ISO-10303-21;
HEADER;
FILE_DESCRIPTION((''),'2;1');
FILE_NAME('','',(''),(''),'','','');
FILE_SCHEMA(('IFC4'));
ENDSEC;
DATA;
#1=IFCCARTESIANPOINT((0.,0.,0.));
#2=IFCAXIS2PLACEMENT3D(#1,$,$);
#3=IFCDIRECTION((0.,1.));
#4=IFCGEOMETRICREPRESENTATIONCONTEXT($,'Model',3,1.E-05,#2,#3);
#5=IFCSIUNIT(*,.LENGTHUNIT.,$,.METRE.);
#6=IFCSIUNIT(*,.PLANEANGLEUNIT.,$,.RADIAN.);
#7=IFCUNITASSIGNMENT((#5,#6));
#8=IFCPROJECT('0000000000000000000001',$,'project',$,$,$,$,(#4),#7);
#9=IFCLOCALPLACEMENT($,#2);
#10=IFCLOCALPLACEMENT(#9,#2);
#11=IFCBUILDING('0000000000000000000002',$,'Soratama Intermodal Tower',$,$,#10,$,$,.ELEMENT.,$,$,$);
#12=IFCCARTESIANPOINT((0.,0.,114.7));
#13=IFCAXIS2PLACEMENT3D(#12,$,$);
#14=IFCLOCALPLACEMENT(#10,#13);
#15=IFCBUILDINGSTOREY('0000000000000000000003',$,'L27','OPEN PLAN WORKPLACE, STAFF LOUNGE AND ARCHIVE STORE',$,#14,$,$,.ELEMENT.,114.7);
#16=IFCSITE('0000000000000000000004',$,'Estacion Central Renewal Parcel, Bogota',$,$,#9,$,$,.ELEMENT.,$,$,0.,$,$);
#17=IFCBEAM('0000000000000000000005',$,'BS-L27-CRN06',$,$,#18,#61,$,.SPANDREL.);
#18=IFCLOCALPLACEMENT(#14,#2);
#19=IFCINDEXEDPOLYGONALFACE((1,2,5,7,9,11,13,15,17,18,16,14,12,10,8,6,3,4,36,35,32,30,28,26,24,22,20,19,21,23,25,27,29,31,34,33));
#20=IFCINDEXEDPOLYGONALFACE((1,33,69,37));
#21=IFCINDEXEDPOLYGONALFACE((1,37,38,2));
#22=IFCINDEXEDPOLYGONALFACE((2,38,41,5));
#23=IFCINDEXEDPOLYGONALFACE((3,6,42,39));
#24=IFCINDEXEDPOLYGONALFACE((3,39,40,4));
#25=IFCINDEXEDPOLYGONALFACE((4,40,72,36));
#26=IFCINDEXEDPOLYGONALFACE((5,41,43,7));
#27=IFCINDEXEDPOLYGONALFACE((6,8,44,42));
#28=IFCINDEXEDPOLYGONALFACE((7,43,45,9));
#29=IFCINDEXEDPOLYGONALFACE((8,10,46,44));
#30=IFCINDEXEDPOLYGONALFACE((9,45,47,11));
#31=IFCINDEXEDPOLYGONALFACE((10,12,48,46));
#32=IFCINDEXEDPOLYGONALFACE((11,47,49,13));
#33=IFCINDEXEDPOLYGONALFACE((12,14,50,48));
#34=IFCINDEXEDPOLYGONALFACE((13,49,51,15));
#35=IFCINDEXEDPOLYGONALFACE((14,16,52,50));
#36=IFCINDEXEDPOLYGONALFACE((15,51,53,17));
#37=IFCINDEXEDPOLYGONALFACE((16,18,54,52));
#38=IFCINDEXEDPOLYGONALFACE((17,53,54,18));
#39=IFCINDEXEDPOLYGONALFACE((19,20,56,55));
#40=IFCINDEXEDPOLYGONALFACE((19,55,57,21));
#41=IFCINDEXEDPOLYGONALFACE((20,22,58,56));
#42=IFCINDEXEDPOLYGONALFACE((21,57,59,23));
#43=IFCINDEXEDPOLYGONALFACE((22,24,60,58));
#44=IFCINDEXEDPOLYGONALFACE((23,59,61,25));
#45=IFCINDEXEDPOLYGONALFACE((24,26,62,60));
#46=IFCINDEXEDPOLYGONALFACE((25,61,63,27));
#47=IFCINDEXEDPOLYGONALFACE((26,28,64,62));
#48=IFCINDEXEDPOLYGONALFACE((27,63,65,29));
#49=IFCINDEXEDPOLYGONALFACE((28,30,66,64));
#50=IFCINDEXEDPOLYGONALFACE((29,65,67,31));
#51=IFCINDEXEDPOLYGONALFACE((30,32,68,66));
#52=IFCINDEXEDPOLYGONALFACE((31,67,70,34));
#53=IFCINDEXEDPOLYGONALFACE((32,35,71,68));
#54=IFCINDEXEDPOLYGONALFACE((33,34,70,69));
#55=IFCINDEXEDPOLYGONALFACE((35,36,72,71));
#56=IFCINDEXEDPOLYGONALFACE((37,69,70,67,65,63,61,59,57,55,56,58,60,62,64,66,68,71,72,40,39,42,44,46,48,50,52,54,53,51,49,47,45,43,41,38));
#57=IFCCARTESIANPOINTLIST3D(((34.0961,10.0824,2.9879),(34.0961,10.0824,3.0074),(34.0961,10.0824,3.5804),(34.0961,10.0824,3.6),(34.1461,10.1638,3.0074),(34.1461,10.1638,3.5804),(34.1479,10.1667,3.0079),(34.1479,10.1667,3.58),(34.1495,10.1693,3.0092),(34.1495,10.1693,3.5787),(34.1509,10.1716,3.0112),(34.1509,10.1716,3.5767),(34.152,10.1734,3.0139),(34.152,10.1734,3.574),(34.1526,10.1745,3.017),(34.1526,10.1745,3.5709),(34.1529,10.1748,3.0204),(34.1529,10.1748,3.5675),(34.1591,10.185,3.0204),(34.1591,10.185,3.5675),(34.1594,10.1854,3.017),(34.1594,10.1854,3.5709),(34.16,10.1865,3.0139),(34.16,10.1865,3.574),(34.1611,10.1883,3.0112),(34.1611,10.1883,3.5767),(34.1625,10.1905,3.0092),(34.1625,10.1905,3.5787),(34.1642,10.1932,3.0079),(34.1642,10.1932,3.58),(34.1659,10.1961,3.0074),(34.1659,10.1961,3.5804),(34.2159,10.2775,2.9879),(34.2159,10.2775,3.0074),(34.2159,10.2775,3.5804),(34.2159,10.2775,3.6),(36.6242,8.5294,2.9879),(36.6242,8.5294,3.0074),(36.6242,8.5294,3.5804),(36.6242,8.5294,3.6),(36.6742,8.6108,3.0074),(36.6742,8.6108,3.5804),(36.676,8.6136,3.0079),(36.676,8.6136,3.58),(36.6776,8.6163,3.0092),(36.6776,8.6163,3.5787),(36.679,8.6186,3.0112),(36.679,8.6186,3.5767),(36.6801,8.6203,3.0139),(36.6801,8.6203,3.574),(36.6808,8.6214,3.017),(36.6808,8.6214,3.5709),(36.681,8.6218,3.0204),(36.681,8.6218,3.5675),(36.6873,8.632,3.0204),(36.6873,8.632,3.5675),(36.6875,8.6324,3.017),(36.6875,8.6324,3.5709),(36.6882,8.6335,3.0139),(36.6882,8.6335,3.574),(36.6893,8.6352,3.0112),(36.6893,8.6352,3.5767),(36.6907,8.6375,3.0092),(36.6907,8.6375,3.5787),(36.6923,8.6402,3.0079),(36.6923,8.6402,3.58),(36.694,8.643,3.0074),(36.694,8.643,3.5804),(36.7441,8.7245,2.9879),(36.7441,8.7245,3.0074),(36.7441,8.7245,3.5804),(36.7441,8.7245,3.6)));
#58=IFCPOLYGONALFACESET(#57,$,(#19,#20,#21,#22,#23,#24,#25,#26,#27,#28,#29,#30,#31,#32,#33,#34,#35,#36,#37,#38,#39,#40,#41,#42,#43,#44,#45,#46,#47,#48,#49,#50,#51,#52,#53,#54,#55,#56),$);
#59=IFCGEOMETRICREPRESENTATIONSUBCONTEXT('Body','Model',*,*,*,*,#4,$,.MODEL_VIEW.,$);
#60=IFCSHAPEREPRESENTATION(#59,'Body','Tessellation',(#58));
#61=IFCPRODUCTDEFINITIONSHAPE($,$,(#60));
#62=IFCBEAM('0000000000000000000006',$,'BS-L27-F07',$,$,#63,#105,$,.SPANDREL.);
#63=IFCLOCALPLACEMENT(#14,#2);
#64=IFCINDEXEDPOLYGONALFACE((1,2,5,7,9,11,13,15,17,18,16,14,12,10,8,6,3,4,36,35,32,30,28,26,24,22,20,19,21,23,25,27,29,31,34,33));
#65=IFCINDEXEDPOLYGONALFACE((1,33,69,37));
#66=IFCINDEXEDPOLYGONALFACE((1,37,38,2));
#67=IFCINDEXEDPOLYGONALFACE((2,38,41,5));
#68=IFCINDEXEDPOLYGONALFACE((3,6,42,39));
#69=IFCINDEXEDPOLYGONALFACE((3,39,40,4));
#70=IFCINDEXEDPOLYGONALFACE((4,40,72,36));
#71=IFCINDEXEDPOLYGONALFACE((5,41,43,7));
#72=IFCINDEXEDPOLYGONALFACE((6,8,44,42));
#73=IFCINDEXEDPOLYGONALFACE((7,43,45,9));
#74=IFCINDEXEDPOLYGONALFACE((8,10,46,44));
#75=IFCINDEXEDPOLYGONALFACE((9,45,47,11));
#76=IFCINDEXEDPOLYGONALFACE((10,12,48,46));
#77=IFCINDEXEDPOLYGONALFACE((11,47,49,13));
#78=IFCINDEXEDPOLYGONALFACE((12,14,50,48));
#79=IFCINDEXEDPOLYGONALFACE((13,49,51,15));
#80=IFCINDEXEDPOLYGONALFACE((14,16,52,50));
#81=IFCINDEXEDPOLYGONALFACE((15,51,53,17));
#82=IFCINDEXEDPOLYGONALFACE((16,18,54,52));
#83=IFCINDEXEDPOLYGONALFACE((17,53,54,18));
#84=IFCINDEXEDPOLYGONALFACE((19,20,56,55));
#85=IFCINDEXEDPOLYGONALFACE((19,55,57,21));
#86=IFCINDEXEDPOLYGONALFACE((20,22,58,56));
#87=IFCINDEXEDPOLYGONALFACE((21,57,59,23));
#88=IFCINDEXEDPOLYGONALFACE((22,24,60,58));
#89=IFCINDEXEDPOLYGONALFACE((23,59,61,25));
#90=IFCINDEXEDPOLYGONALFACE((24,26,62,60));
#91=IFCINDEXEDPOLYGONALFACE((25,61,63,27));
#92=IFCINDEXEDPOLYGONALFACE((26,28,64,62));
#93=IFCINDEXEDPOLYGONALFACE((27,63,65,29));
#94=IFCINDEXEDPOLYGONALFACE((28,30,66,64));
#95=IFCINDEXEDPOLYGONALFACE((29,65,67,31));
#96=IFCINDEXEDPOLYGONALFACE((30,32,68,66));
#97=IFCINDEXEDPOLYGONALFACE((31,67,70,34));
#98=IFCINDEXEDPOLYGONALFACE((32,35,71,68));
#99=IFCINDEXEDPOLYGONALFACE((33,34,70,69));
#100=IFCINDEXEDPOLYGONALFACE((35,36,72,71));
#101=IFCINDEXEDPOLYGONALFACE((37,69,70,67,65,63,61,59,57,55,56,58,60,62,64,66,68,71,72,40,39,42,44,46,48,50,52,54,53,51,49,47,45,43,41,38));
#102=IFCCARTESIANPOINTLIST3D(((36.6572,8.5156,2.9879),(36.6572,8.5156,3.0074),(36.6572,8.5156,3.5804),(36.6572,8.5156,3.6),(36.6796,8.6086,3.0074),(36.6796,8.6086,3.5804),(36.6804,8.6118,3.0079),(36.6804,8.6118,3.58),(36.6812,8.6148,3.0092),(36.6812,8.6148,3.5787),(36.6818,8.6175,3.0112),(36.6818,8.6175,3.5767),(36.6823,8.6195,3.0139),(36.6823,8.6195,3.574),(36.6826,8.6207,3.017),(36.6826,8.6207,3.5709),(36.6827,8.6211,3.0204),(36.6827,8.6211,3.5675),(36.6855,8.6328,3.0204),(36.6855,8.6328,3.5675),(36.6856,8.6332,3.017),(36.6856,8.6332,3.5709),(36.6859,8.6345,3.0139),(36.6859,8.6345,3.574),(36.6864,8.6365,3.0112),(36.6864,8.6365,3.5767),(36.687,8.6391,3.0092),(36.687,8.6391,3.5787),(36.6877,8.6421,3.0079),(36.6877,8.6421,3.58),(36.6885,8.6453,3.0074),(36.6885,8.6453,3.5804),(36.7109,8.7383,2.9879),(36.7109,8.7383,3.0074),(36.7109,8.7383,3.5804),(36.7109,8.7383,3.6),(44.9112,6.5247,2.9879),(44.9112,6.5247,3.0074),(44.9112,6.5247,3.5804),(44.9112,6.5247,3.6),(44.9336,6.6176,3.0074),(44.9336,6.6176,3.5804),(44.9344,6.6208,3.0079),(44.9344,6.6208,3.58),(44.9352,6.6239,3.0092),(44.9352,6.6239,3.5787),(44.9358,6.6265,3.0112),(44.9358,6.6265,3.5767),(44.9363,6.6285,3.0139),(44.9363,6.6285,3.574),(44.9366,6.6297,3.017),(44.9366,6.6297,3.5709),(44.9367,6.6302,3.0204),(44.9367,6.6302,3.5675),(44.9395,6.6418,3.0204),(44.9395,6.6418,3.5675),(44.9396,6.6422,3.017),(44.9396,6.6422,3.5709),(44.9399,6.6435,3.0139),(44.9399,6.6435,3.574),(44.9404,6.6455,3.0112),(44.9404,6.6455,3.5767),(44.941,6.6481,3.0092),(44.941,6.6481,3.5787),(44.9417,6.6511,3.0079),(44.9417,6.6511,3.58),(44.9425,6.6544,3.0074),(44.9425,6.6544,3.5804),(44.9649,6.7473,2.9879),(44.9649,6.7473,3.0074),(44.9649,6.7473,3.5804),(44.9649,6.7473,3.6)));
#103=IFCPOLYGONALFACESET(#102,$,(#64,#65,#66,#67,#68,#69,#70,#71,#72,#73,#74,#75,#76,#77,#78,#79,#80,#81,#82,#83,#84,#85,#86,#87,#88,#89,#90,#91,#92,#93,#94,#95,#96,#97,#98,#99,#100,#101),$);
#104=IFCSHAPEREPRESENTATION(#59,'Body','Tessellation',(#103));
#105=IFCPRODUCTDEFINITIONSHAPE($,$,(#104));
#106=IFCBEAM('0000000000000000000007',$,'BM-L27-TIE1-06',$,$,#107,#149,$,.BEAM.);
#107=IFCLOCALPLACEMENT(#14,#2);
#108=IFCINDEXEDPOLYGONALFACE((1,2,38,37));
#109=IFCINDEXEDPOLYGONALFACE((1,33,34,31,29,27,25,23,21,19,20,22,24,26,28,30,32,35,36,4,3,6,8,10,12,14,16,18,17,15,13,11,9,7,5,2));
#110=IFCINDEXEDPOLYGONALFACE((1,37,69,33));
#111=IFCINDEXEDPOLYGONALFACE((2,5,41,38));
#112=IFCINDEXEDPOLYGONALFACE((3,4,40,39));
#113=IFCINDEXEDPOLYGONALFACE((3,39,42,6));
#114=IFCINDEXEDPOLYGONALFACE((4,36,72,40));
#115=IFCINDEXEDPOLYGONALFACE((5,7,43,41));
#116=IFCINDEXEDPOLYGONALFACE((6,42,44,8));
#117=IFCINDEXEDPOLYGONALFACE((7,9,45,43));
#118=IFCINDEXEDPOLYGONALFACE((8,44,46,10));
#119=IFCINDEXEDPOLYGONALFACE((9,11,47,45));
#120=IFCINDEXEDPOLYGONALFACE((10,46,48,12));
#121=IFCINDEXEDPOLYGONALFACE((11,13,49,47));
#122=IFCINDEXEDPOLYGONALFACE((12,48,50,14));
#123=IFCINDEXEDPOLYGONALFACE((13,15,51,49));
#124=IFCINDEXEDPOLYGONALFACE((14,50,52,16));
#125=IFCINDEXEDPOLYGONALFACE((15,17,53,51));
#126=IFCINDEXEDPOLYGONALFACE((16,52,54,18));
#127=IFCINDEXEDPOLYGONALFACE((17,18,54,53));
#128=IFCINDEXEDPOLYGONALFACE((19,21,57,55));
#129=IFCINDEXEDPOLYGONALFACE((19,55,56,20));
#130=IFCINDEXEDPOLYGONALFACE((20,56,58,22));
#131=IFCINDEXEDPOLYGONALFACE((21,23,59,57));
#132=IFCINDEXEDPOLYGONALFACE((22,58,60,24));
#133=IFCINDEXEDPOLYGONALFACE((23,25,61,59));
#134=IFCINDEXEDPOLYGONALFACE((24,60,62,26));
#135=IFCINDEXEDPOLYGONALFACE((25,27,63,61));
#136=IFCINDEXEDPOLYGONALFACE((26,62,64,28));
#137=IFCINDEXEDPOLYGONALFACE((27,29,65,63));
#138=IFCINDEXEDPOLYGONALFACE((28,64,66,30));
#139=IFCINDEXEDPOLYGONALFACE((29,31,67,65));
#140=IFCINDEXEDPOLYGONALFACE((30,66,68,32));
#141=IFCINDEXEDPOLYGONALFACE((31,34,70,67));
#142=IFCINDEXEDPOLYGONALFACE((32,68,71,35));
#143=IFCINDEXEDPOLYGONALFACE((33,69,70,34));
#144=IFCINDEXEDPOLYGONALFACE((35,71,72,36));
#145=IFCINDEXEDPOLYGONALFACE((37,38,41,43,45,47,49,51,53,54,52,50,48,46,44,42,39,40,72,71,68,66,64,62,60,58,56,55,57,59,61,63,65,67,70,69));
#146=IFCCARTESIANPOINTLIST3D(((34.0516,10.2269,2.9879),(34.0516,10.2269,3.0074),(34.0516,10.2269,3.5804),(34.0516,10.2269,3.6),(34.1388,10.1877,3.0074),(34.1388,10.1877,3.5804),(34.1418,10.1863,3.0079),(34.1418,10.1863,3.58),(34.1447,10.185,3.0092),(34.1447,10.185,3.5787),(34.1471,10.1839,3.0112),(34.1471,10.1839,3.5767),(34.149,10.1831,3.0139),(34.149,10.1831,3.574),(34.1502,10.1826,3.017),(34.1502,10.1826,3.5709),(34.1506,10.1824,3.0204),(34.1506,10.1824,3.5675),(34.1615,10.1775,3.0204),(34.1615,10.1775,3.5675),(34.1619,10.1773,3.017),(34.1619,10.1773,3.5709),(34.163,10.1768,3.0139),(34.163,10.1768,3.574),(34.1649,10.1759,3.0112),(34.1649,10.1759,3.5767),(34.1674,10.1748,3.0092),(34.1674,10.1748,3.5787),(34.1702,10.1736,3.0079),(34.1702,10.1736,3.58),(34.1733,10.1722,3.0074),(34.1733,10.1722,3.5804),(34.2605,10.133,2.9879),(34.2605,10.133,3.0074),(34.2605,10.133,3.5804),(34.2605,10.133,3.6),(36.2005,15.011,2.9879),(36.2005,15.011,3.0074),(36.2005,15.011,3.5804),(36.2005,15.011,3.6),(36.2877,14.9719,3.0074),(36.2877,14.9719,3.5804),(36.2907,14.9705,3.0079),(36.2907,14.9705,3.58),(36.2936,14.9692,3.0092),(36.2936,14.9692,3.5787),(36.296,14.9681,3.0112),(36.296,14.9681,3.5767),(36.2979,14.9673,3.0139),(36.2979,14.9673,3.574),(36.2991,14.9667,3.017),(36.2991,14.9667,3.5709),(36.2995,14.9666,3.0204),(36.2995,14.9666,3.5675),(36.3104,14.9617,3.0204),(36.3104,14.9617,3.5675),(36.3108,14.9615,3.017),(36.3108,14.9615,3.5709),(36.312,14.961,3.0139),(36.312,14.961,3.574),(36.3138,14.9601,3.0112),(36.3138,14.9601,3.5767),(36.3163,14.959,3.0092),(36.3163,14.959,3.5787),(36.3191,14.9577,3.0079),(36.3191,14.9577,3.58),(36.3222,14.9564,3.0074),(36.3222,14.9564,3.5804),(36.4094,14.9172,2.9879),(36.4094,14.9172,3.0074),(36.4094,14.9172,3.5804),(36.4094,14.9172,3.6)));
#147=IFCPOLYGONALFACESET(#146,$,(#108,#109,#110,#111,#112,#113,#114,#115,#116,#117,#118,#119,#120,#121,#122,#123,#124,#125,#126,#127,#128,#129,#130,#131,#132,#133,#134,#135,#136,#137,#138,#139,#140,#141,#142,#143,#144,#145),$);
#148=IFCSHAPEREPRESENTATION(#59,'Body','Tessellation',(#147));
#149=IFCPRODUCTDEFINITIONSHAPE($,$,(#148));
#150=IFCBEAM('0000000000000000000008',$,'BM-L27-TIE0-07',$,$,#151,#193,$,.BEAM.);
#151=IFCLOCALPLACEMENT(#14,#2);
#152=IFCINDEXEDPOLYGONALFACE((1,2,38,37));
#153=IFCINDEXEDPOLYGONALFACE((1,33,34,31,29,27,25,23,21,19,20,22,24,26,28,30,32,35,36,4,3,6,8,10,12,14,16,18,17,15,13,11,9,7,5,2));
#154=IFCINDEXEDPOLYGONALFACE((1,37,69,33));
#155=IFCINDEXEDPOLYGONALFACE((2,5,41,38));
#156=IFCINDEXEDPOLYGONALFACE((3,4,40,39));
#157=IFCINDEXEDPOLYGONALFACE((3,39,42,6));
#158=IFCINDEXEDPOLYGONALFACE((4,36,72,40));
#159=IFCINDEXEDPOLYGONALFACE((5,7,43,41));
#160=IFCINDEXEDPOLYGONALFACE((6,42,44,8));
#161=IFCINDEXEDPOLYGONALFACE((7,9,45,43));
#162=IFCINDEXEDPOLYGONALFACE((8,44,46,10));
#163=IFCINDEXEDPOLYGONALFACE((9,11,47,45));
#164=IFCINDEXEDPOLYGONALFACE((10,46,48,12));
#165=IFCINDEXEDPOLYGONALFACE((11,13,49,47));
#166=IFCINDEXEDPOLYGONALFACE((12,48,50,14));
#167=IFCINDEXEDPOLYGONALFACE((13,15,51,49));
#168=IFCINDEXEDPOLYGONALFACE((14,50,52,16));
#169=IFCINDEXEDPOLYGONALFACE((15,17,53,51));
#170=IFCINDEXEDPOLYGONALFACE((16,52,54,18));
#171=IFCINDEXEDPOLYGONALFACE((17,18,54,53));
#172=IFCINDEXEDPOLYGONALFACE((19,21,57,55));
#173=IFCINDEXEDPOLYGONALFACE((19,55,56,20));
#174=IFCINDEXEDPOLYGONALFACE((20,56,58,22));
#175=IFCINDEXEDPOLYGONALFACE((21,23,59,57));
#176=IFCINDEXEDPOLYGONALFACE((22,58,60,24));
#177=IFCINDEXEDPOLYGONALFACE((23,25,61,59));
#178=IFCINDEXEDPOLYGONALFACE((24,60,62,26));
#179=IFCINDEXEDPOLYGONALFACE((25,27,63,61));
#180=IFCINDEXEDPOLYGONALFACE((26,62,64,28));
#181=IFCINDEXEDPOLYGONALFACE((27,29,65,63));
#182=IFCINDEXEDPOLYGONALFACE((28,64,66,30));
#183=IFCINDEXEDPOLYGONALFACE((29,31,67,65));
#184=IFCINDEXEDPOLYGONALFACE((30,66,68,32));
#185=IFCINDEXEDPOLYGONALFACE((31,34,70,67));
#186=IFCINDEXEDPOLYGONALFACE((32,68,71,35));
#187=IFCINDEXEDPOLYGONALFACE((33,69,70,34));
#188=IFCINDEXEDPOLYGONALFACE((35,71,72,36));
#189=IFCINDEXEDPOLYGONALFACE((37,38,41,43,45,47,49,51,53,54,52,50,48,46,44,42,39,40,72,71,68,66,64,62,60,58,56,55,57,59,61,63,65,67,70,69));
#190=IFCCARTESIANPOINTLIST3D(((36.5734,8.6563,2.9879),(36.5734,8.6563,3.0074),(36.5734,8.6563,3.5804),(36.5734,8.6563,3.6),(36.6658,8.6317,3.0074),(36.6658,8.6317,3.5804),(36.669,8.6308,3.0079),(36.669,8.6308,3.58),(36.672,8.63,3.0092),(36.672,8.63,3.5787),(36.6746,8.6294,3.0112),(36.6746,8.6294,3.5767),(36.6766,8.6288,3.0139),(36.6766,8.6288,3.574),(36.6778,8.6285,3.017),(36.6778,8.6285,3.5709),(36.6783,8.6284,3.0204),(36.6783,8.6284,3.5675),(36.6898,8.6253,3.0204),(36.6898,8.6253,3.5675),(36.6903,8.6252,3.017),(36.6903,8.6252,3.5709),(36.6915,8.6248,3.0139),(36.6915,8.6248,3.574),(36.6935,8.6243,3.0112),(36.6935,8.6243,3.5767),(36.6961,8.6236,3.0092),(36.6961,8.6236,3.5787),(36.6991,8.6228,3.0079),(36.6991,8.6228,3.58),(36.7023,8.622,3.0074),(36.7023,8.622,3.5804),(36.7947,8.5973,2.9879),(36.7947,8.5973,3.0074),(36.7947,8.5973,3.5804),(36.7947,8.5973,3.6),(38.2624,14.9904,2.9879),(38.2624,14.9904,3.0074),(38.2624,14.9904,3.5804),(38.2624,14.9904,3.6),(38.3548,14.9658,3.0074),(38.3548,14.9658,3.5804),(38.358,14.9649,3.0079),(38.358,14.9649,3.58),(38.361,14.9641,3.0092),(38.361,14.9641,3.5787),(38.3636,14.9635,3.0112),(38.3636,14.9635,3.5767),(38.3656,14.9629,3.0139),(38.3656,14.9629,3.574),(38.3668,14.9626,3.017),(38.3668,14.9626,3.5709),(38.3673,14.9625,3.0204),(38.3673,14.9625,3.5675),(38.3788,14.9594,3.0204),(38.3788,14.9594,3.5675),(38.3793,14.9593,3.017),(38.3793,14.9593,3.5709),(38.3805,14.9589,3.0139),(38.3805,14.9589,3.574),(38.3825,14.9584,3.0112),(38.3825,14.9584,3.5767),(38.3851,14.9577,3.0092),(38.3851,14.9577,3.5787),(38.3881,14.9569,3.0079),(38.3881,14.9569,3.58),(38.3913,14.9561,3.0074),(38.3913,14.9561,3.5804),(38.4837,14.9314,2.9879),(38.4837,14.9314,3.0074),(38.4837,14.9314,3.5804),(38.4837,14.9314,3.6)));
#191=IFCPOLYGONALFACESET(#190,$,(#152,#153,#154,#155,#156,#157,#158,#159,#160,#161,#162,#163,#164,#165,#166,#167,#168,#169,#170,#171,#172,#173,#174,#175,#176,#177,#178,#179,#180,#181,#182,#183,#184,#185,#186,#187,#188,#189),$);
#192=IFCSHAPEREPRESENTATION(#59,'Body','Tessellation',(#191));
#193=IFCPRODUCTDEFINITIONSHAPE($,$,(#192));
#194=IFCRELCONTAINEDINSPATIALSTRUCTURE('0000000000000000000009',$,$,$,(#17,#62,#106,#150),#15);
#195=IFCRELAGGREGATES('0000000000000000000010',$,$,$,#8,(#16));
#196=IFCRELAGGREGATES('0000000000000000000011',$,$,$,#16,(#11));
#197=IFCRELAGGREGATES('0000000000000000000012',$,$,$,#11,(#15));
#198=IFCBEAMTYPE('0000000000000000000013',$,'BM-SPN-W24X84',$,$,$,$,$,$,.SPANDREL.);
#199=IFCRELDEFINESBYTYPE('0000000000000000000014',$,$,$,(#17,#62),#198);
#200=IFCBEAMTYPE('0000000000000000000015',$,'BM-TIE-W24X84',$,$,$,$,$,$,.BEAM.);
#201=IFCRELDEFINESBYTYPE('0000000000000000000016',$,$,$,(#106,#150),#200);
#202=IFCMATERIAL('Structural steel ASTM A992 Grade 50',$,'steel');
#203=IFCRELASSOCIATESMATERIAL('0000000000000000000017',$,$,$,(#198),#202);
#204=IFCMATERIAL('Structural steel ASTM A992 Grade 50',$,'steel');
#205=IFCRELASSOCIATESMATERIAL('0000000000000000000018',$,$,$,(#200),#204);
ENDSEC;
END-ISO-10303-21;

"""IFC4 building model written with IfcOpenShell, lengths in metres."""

from ifc_helpers import new_model, si_unit, direction, frame, origin, origin_2d, place, context, subcontext, project, spatial, i_section, extrude, material, material_profile, profile_set, type_object, element, save


model = new_model("IFC4")

# Units and contexts
model_context = context("Model", 3, precision=1e-05, world=origin(), true_north=direction((0.0, 1.0)))
body_context = subcontext(model_context, "Body", "Model", "MODEL_VIEW")
ifc_project = project(units=[si_unit("LENGTHUNIT", "METRE"), si_unit("PLANEANGLEUNIT", "RADIAN")], contexts=[model_context])

# Site, building, storey
site_placement = place(None, origin())
site = spatial("IfcSite", under=ifc_project, at=site_placement, Name="Estacion Central Renewal Parcel, Bogota", CompositionType="ELEMENT", RefElevation=0.0)
building_placement = place(site_placement, origin())
building = spatial("IfcBuilding", under=site, at=building_placement, Name="Soratama Intermodal Tower", CompositionType="ELEMENT")
storey_placement = place(building_placement, frame((0.0, 0.0, 114.7)))
storey = spatial("IfcBuildingStorey", under=building, at=storey_placement, Name="L27", Description="OPEN PLAN WORKPLACE, STAFF LOUNGE AND ARCHIVE STORE", CompositionType="ELEMENT", Elevation=114.7)

# Beams
ifc_material_1 = material(Name="Structural steel ASTM A992 Grade 50", Category="steel")
ifc_material_profile_1 = material_profile(ifc_material_1, i_section(OverallWidth=0.229, OverallDepth=0.6121, WebThickness=0.012, FlangeThickness=0.0195, FilletRadius=0.0129, at=origin_2d()), Name="W24X84")
ifc_profile_set_1 = profile_set([ifc_material_profile_1], Name="Structural steel ASTM A992 Grade 50")
beam_type_1 = type_object("IfcBeamType", Name="BM-SPN-W24X84", PredefinedType="SPANDREL", material=ifc_profile_set_1)
beam_1_placement = place(storey_placement, frame((34.156, 10.1799, 3.2939), z_axis=(0.852073, -0.523422, 0.0), x_axis=(0.523422, 0.852073, 0.0)))
element("IfcBeam", 1, at=beam_1_placement, inside=storey, type_object=beam_type_1, Name="BS-L27-CRN06", PredefinedType="SPANDREL", context=body_context, shape_type="SweptSolid", body=[
    extrude(i_section(OverallWidth=0.229, OverallDepth=0.6121, WebThickness=0.012, FlangeThickness=0.0195, FilletRadius=0.0129, at=origin_2d()), origin(), (0.0, 0.0, 1.0), 2.967),
])
beam_2_placement = place(storey_placement, frame((36.6841, 8.627, 3.2939), z_axis=(0.972119, -0.23449, 0.0), x_axis=(0.23449, 0.972119, 0.0)))
element("IfcBeam", 2, at=beam_2_placement, inside=storey, type_object=beam_type_1, Name="BS-L27-F07", PredefinedType="SPANDREL", context=body_context, shape_type="SweptSolid", body=[
    extrude(i_section(OverallWidth=0.229, OverallDepth=0.6121, WebThickness=0.012, FlangeThickness=0.0195, FilletRadius=0.0129, at=origin_2d()), origin(), (0.0, 0.0, 1.0), 8.4907),
])
ifc_material_2 = material(Name="Structural steel ASTM A992 Grade 50", Category="steel")
ifc_material_profile_2 = material_profile(ifc_material_2, i_section(OverallWidth=0.229, OverallDepth=0.6121, WebThickness=0.012, FlangeThickness=0.0195, FilletRadius=0.0129, at=origin_2d()), Name="W24X84")
ifc_profile_set_2 = profile_set([ifc_material_profile_2], Name="Structural steel ASTM A992 Grade 50")
beam_type_2 = type_object("IfcBeamType", Name="BM-TIE-W24X84", PredefinedType="BEAM", material=ifc_profile_set_2)
beam_3_placement = place(storey_placement, frame((36.3049, 14.9641, 3.2939), z_axis=(-0.409737, -0.912203, 0.0), x_axis=(0.912203, -0.409737, 0.0)))
element("IfcBeam", 3, at=beam_3_placement, inside=storey, type_object=beam_type_2, Name="BM-L27-TIE1-06", PredefinedType="BEAM", context=body_context, shape_type="SweptSolid", body=[
    extrude(i_section(OverallWidth=0.229, OverallDepth=0.6121, WebThickness=0.012, FlangeThickness=0.0195, FilletRadius=0.0129, at=origin_2d()), origin(), (0.0, 0.0, 1.0), 5.2446),
])
beam_4_placement = place(storey_placement, frame((38.373, 14.9609, 3.2939), z_axis=(-0.257649, -0.966239, 0.0), x_axis=(0.966239, -0.257649, 0.0)))
element("IfcBeam", 4, at=beam_4_placement, inside=storey, type_object=beam_type_2, Name="BM-L27-TIE0-07", PredefinedType="BEAM", context=body_context, shape_type="SweptSolid", body=[
    extrude(i_section(OverallWidth=0.229, OverallDepth=0.6121, WebThickness=0.012, FlangeThickness=0.0195, FilletRadius=0.0129, at=origin_2d()), origin(), (0.0, 0.0, 1.0), 6.5554),
])

save(model, "model.ifc")
